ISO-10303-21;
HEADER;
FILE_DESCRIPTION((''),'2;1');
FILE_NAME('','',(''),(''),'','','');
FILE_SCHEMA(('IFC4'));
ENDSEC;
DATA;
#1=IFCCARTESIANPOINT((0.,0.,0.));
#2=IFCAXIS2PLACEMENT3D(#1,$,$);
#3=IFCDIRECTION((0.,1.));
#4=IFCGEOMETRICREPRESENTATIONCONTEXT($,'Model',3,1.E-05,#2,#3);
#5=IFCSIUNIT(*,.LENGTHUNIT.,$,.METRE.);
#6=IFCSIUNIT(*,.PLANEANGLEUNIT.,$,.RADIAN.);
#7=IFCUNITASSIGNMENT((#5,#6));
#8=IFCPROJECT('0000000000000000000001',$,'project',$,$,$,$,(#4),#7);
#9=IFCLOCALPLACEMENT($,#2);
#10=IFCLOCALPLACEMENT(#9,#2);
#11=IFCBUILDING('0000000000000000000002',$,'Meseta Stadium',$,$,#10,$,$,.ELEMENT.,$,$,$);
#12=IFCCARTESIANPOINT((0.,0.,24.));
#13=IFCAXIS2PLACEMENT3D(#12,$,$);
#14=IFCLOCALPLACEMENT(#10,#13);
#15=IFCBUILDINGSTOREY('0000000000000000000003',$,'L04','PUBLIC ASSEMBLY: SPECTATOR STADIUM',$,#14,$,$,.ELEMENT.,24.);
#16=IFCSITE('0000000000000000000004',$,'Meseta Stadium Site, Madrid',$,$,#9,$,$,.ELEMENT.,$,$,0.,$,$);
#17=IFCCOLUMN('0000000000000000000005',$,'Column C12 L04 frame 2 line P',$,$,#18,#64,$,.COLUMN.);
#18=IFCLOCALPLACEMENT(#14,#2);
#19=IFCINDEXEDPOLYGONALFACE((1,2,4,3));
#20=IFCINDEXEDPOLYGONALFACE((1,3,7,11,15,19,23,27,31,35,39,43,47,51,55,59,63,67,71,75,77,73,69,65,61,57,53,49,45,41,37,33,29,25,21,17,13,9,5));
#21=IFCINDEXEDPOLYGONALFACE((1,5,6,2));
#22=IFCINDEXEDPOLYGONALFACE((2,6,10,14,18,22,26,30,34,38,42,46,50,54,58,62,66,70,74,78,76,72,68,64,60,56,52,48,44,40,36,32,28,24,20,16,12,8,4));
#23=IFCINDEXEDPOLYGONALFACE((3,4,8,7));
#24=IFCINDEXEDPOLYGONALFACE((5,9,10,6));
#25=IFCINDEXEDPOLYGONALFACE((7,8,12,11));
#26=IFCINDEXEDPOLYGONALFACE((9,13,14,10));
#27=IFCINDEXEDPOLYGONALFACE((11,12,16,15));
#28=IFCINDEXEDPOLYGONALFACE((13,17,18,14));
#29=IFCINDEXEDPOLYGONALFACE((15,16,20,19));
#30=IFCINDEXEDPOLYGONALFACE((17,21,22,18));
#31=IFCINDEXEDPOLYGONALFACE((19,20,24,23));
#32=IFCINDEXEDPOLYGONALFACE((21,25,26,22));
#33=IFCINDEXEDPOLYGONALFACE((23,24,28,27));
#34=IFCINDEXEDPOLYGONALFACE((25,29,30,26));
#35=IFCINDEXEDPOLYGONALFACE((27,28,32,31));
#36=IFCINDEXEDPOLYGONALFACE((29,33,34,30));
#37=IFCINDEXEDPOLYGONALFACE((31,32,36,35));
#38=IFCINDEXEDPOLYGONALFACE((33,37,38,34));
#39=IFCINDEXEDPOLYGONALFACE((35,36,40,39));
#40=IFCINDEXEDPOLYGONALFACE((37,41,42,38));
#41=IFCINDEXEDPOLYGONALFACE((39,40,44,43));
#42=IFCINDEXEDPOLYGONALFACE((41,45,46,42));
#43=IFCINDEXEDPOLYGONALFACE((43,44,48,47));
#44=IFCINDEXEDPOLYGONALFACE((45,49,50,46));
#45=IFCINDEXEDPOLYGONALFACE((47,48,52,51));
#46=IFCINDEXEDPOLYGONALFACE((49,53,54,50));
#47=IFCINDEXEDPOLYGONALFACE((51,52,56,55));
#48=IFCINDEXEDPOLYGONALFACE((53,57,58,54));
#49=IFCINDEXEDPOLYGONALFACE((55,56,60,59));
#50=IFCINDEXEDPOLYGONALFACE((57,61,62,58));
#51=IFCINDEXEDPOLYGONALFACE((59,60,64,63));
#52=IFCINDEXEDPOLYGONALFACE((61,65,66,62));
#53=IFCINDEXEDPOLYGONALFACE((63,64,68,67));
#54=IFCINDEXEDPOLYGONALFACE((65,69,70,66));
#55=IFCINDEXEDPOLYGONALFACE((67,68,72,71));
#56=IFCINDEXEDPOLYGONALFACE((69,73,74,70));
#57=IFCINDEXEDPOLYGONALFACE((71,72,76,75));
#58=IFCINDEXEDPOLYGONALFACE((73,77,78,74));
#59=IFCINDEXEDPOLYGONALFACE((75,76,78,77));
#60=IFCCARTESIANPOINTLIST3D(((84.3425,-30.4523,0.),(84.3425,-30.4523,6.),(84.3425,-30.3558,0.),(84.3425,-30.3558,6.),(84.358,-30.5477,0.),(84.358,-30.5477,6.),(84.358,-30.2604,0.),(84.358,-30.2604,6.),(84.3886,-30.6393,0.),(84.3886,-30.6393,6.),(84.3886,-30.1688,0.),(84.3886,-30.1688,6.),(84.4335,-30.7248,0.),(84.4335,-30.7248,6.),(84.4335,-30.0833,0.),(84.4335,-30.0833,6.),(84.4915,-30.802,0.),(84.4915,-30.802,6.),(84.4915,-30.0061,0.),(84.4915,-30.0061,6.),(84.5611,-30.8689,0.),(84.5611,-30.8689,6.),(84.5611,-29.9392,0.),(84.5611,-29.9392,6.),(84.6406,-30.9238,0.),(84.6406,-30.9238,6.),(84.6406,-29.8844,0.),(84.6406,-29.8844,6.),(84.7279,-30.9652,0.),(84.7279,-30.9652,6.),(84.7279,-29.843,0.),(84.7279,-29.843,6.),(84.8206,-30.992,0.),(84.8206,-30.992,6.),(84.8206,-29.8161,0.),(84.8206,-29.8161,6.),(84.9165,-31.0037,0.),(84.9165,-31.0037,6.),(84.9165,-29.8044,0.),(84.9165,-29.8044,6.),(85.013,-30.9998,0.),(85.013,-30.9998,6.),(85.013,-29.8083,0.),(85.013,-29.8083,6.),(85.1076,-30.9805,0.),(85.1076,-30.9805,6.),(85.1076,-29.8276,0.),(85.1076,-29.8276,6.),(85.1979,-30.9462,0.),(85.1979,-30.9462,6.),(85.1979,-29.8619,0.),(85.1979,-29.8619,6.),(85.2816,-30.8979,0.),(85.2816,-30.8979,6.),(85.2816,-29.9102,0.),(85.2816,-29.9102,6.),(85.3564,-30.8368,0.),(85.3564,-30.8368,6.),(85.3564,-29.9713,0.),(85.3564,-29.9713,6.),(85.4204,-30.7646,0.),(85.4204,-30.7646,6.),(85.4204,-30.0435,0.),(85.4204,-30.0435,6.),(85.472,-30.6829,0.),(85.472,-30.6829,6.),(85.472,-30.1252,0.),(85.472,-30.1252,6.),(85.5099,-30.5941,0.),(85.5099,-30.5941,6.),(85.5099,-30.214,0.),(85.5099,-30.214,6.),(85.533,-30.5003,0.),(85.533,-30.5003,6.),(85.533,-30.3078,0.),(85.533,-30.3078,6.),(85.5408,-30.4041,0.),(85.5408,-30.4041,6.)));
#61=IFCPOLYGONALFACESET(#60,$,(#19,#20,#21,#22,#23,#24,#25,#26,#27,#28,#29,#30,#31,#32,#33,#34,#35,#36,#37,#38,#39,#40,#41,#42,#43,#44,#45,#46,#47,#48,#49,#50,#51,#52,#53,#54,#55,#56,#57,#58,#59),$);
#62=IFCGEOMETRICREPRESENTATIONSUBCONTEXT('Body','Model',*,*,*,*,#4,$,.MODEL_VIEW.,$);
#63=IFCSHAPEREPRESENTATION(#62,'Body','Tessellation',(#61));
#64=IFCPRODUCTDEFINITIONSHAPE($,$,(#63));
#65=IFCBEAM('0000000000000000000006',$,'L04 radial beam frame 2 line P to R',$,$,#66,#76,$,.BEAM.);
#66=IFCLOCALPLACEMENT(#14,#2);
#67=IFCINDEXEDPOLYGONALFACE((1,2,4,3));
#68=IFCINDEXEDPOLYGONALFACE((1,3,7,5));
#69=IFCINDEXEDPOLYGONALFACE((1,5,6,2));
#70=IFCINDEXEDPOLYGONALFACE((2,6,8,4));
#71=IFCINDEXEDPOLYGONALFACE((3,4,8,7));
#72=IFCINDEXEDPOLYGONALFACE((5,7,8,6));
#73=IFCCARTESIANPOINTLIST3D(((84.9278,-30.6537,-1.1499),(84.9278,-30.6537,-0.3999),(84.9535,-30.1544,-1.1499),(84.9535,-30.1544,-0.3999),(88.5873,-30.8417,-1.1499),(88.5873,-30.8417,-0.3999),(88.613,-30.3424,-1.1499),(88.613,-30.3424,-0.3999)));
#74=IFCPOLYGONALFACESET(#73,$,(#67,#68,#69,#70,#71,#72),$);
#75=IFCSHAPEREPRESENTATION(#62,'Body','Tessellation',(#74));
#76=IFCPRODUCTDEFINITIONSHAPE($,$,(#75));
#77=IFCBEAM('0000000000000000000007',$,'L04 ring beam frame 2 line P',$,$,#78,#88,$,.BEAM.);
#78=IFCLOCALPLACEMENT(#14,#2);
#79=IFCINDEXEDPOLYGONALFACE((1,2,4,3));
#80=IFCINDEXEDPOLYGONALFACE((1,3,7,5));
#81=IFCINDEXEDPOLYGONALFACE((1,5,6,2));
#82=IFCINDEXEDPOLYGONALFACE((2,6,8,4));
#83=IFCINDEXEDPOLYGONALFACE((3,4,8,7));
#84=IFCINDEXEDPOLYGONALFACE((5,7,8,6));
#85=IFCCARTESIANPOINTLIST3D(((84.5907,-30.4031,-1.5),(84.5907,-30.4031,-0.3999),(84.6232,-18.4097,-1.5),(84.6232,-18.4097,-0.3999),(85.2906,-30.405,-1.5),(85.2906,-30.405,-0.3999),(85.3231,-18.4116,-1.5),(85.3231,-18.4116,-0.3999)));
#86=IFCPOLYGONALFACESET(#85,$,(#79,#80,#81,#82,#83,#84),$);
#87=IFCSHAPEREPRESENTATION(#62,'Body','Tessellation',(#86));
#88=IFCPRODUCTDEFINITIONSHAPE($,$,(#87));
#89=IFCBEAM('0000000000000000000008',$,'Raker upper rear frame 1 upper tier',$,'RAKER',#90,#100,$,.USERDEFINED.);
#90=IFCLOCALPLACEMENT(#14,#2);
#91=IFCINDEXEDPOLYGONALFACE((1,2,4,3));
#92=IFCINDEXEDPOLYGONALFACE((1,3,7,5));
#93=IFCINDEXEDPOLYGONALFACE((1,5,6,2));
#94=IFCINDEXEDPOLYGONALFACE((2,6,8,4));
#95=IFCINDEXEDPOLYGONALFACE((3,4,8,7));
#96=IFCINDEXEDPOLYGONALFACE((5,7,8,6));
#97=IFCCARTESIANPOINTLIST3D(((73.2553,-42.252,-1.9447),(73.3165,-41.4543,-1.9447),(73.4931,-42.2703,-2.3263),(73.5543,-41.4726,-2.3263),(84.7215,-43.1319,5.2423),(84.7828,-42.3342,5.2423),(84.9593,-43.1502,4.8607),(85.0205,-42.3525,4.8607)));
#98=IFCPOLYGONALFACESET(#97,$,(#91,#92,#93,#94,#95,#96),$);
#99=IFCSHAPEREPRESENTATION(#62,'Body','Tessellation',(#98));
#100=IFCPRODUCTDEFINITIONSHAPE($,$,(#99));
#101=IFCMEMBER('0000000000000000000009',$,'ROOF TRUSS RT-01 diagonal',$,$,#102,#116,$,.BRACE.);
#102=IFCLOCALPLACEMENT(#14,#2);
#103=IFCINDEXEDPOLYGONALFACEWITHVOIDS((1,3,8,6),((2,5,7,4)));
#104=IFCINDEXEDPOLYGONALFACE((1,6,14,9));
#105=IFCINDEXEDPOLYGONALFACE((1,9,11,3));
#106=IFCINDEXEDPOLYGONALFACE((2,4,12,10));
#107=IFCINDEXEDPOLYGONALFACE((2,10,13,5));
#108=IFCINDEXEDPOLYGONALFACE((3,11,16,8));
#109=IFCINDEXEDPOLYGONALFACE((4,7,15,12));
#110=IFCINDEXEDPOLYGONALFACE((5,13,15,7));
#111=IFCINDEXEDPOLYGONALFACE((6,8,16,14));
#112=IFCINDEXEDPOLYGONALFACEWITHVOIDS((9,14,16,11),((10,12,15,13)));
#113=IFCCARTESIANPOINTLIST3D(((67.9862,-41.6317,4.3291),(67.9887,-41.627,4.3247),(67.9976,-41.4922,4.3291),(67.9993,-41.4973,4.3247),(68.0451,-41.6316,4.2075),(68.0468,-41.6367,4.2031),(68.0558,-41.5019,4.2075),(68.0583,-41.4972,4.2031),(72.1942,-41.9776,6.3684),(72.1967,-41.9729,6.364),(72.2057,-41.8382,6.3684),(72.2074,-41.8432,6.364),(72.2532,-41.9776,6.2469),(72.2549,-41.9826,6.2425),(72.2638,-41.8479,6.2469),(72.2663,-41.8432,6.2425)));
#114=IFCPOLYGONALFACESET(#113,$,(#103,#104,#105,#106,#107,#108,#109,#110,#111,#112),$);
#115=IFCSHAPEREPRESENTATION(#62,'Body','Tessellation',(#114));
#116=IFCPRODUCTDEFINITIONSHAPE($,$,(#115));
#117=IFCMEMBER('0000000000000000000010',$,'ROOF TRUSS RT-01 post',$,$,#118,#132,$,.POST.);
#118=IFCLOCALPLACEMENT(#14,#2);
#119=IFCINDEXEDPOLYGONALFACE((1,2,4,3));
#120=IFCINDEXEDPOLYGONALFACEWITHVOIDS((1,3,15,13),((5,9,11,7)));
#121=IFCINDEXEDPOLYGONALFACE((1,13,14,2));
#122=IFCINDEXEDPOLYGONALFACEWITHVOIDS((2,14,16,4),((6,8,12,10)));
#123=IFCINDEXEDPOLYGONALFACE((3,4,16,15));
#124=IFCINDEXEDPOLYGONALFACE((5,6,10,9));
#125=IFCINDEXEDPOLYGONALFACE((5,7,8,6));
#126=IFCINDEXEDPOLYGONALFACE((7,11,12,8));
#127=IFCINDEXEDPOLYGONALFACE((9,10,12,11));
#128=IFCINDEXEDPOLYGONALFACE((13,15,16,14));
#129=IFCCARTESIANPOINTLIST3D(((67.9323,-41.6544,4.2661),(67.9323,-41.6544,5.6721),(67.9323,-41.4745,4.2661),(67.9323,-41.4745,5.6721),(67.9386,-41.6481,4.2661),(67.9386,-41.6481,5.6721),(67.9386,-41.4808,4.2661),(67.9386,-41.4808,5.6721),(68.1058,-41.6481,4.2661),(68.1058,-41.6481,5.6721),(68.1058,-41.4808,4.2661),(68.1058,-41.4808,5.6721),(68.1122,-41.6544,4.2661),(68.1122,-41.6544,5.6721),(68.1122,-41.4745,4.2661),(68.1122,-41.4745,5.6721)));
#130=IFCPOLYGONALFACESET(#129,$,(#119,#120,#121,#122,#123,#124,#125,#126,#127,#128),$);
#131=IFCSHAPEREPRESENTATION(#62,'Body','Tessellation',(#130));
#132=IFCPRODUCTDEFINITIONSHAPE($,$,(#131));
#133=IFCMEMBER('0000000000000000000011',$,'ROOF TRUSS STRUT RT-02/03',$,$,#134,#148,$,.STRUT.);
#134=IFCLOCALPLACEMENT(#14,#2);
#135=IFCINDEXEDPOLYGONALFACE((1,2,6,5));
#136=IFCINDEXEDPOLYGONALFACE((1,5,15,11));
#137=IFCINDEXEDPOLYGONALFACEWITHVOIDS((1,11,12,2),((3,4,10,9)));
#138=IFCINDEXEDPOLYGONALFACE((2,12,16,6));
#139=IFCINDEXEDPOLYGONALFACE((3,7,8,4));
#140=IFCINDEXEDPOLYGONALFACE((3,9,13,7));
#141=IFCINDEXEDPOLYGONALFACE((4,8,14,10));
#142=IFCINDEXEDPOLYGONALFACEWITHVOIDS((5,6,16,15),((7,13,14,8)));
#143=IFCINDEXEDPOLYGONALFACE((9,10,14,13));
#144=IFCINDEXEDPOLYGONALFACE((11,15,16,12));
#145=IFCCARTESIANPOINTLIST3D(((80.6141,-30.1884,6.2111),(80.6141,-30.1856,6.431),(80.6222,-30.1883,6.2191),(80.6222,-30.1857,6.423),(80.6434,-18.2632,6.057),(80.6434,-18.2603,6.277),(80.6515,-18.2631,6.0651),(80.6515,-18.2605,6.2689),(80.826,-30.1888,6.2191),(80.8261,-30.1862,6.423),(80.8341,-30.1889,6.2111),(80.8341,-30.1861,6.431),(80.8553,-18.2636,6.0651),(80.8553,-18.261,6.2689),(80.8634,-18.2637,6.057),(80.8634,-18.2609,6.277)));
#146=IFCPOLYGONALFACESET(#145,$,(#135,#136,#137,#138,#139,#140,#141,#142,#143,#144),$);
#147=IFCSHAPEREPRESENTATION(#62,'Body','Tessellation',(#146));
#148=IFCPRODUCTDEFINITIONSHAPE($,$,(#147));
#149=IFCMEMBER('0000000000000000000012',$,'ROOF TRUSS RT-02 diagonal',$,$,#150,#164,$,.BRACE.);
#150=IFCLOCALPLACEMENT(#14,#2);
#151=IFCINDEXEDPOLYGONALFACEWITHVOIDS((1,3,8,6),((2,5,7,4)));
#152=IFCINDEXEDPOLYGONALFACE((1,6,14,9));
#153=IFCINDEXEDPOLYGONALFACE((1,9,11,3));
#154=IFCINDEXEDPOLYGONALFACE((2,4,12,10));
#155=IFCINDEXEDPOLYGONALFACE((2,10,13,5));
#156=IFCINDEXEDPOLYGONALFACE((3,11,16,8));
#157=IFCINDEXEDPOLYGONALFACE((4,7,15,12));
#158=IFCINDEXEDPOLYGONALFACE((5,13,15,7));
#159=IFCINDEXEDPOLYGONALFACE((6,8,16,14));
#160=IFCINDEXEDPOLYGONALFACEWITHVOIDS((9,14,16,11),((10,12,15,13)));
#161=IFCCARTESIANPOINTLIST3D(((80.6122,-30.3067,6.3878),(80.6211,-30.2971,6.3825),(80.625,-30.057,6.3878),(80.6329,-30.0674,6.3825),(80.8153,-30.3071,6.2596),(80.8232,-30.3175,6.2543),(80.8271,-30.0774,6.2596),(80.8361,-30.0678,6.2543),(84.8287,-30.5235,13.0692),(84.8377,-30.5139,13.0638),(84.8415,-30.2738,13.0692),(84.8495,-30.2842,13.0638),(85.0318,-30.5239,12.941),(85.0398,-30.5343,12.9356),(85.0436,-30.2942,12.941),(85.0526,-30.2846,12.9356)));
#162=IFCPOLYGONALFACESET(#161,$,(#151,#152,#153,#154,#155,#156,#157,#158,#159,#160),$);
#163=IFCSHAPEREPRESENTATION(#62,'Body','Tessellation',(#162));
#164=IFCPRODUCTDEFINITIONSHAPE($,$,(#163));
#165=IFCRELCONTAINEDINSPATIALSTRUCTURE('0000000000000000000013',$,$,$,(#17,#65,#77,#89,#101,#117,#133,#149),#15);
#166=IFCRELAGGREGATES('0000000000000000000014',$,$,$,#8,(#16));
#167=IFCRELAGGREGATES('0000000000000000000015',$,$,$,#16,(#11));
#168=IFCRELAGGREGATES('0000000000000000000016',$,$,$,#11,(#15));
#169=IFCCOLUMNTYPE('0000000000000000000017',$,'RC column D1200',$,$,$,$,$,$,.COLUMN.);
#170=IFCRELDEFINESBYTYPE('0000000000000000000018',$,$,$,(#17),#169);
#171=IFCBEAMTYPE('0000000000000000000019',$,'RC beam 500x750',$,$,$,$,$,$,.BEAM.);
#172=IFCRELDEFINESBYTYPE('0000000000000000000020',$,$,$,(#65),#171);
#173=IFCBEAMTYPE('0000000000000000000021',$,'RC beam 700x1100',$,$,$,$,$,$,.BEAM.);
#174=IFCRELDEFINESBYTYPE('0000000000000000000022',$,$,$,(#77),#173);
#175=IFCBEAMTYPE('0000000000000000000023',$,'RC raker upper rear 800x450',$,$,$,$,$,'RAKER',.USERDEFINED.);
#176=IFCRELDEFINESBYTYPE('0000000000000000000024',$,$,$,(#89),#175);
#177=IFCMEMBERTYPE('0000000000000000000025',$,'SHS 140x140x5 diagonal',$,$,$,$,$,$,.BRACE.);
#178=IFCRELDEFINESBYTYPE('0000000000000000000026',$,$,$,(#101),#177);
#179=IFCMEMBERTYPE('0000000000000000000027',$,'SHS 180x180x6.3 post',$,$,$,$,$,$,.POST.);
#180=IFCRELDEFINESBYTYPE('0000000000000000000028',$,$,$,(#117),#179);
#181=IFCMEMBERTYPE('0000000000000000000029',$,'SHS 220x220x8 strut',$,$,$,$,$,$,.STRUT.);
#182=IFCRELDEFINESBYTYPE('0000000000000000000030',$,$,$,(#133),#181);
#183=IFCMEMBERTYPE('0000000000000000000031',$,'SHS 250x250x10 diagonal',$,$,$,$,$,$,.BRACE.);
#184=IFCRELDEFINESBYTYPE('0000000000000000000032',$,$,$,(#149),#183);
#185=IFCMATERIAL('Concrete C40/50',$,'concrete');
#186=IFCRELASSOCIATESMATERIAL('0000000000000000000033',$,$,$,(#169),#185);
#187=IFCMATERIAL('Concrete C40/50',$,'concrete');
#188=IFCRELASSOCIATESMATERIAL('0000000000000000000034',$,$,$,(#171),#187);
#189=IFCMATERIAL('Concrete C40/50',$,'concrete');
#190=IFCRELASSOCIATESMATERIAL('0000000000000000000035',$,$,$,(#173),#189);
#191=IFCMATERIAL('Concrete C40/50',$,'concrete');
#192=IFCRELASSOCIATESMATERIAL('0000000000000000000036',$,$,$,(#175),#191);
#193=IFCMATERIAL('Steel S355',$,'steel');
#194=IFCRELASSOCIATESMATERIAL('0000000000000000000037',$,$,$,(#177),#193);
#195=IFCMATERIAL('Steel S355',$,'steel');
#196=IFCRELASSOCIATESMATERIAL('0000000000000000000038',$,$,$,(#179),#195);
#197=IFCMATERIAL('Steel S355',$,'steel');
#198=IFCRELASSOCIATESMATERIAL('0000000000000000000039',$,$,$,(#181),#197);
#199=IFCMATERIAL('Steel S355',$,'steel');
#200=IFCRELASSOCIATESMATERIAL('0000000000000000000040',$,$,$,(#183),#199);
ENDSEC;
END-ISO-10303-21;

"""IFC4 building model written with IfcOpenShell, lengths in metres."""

from ifc_helpers import new_model, si_unit, direction, frame, origin, origin_2d, place, context, subcontext, project, spatial, rectangle, hollow_rectangle, circle, extrude, material, material_profile, profile_set, type_object, element, save


model = new_model("IFC4")

# Units and contexts
model_context = context("Model", 3, precision=1e-05, world=origin(), true_north=direction((0.0, 1.0)))
body_context = subcontext(model_context, "Body", "Model", "MODEL_VIEW")
ifc_project = project(units=[si_unit("LENGTHUNIT", "METRE"), si_unit("PLANEANGLEUNIT", "RADIAN")], contexts=[model_context])

# Site, building, storey
site_placement = place(None, origin())
site = spatial("IfcSite", under=ifc_project, at=site_placement, Name="Meseta Stadium Site, Madrid", CompositionType="ELEMENT", RefElevation=0.0)
building_placement = place(site_placement, origin())
building = spatial("IfcBuilding", under=site, at=building_placement, Name="Meseta Stadium", CompositionType="ELEMENT")
storey_placement = place(building_placement, frame((0.0, 0.0, 24.0)))
storey = spatial("IfcBuildingStorey", under=building, at=storey_placement, Name="L04", Description="PUBLIC ASSEMBLY: SPECTATOR STADIUM", CompositionType="ELEMENT", Elevation=24.0)

# Column
ifc_material_1 = material(Name="Concrete C40/50", Category="concrete")
ifc_material_profile_1 = material_profile(ifc_material_1, circle(Radius=0.6001, at=origin_2d()), Name="RC D1200")
ifc_profile_set_1 = profile_set([ifc_material_profile_1], Name="Concrete C40/50")
column_type = type_object("IfcColumnType", Name="RC column D1200", PredefinedType="COLUMN", material=ifc_profile_set_1)
column_placement = place(storey_placement, frame((84.9407, -30.4041, 0.0), z_axis=(0.0, 0.0, 1.0), x_axis=(1.0, 0.0, 0.0)))
element("IfcColumn", 1, at=column_placement, inside=storey, type_object=column_type, Name="Column C12 L04 frame 2 line P", PredefinedType="COLUMN", context=body_context, shape_type="SweptSolid", body=[
    extrude(circle(Radius=0.6001, at=origin_2d()), origin(), (0.0, 0.0, 1.0), 6.0),
])

# Beams
ifc_material_2 = material(Name="Concrete C40/50", Category="concrete")
ifc_material_profile_2 = material_profile(ifc_material_2, rectangle(XDim=0.5, YDim=0.75, at=origin_2d()), Name="RC 500x750")
ifc_profile_set_2 = profile_set([ifc_material_profile_2], Name="Concrete C40/50")
beam_type_1 = type_object("IfcBeamType", Name="RC beam 500x750", PredefinedType="BEAM", material=ifc_profile_set_2)
beam_1_placement = place(storey_placement, frame((84.9407, -30.4041, -0.7749), z_axis=(0.998683, -0.051303, 0.0), x_axis=(0.051303, 0.998683, 0.0)))
element("IfcBeam", 2, at=beam_1_placement, inside=storey, type_object=beam_type_1, Name="L04 radial beam frame 2 line P to R", PredefinedType="BEAM", context=body_context, shape_type="SweptSolid", body=[
    extrude(rectangle(XDim=0.5, YDim=0.75, at=origin_2d()), origin(), (0.0, 0.0, 1.0), 3.6643),
])
ifc_material_3 = material(Name="Concrete C40/50", Category="concrete")
ifc_material_profile_3 = material_profile(ifc_material_3, rectangle(XDim=0.7, YDim=1.1001, at=origin_2d()), Name="RC 700x1100")
ifc_profile_set_3 = profile_set([ifc_material_profile_3], Name="Concrete C40/50")
beam_type_2 = type_object("IfcBeamType", Name="RC beam 700x1100", PredefinedType="BEAM", material=ifc_profile_set_3)
beam_2_placement = place(storey_placement, frame((84.9407, -30.4041, -0.95), z_axis=(0.002707, 0.999996, 0.0), x_axis=(-0.999996, 0.002707, 0.0)))
element("IfcBeam", 3, at=beam_2_placement, inside=storey, type_object=beam_type_2, Name="L04 ring beam frame 2 line P", PredefinedType="BEAM", context=body_context, shape_type="SweptSolid", body=[
    extrude(rectangle(XDim=0.7, YDim=1.1001, at=origin_2d()), origin(), (0.0, 0.0, 1.0), 11.9934),
])
ifc_material_4 = material(Name="Concrete C40/50", Category="concrete")
ifc_material_profile_4 = material_profile(ifc_material_4, rectangle(XDim=0.8, YDim=0.45, at=origin_2d()), Name="RC 800x450")
ifc_profile_set_4 = profile_set([ifc_material_profile_4], Name="Concrete C40/50")
beam_type_3 = type_object("IfcBeamType", Name="RC raker upper rear 800x450", ElementType="RAKER", PredefinedType="USERDEFINED", material=ifc_profile_set_4)
beam_3_placement = place(storey_placement, frame((73.4048, -41.8623, -2.1355), z_axis=(0.845529, -0.064883, 0.529972), x_axis=(0.076511, 0.997069, 0.0)))
element("IfcBeam", 4, at=beam_3_placement, inside=storey, type_object=beam_type_3, Name="Raker upper rear frame 1 upper tier", ObjectType="RAKER", PredefinedType="USERDEFINED", context=body_context, shape_type="SweptSolid", body=[
    extrude(rectangle(XDim=0.8, YDim=0.45, at=origin_2d()), origin(), (0.0, 0.0, 1.0), 13.561),
])

# Members
ifc_material_5 = material(Name="Steel S355", Category="steel")
ifc_material_profile_5 = material_profile(ifc_material_5, hollow_rectangle(XDim=0.1399, YDim=0.1399, WallThickness=0.0049, at=origin_2d()), Name="SHS 140x140x5")
ifc_profile_set_5 = profile_set([ifc_material_profile_5], Name="Steel S355")
member_type_1 = type_object("IfcMemberType", Name="SHS 140x140x5 diagonal", PredefinedType="BRACE", material=ifc_profile_set_5)
member_1_placement = place(storey_placement, frame((68.0222, -41.5645, 4.2661), z_axis=(0.89744, -0.07378, 0.434922), x_axis=(0.081935, 0.996638, 0.0)))
element("IfcMember", 5, at=member_1_placement, inside=storey, type_object=member_type_1, Name="ROOF TRUSS RT-01 diagonal", PredefinedType="BRACE", context=body_context, shape_type="SweptSolid", body=[
    extrude(hollow_rectangle(XDim=0.1399, YDim=0.1399, WallThickness=0.0049, at=origin_2d()), origin(), (0.0, 0.0, 1.0), 4.689),
])
ifc_material_6 = material(Name="Steel S355", Category="steel")
ifc_material_profile_6 = material_profile(ifc_material_6, hollow_rectangle(XDim=0.1799, YDim=0.1799, WallThickness=0.0063, at=origin_2d()), Name="SHS 180x180x6.3")
ifc_profile_set_6 = profile_set([ifc_material_profile_6], Name="Steel S355")
member_type_2 = type_object("IfcMemberType", Name="SHS 180x180x6.3 post", PredefinedType="POST", material=ifc_profile_set_6)
member_2_placement = place(storey_placement, frame((68.0222, -41.5645, 4.2661), z_axis=(0.0, 0.0, 1.0), x_axis=(1.0, 0.0, 0.0)))
element("IfcMember", 6, at=member_2_placement, inside=storey, type_object=member_type_2, Name="ROOF TRUSS RT-01 post", PredefinedType="POST", context=body_context, shape_type="SweptSolid", body=[
    extrude(hollow_rectangle(XDim=0.1799, YDim=0.1799, WallThickness=0.0063, at=origin_2d()), origin(), (0.0, 0.0, 1.0), 1.406),
])
ifc_material_7 = material(Name="Steel S355", Category="steel")
ifc_material_profile_7 = material_profile(ifc_material_7, hollow_rectangle(XDim=0.22, YDim=0.22, WallThickness=0.0081, at=origin_2d()), Name="SHS 220x220x8")
ifc_profile_set_7 = profile_set([ifc_material_profile_7], Name="Steel S355")
member_type_3 = type_object("IfcMemberType", Name="SHS 220x220x8 strut", PredefinedType="STRUT", material=ifc_profile_set_7)
member_3_placement = place(storey_placement, frame((80.7241, -30.1873, 6.321), z_axis=(0.002456, 0.999914, -0.012917), x_axis=(-0.999997, 0.002457, 0.0)))
element("IfcMember", 7, at=member_3_placement, inside=storey, type_object=member_type_3, Name="ROOF TRUSS STRUT RT-02/03", PredefinedType="STRUT", context=body_context, shape_type="SweptSolid", body=[
    extrude(hollow_rectangle(XDim=0.22, YDim=0.22, WallThickness=0.0081, at=origin_2d()), origin(), (0.0, 0.0, 1.0), 11.9263),
])
ifc_material_8 = material(Name="Steel S355", Category="steel")
ifc_material_profile_8 = material_profile(ifc_material_8, hollow_rectangle(XDim=0.25, YDim=0.25, WallThickness=0.01, at=origin_2d()), Name="SHS 250x250x10")
ifc_profile_set_8 = profile_set([ifc_material_profile_8], Name="Steel S355")
member_type_4 = type_object("IfcMemberType", Name="SHS 250x250x10 diagonal", PredefinedType="BRACE", material=ifc_profile_set_8)
member_4_placement = place(storey_placement, frame((80.7241, -30.1873, 6.321), z_axis=(0.533496, -0.02743, 0.845358), x_axis=(0.051348, 0.998681, 0.0)))
element("IfcMember", 8, at=member_4_placement, inside=storey, type_object=member_type_4, Name="ROOF TRUSS RT-02 diagonal", PredefinedType="BRACE", context=body_context, shape_type="SweptSolid", body=[
    extrude(hollow_rectangle(XDim=0.25, YDim=0.25, WallThickness=0.01, at=origin_2d()), origin(), (0.0, 0.0, 1.0), 7.9036),
])

save(model, "model.ifc")
